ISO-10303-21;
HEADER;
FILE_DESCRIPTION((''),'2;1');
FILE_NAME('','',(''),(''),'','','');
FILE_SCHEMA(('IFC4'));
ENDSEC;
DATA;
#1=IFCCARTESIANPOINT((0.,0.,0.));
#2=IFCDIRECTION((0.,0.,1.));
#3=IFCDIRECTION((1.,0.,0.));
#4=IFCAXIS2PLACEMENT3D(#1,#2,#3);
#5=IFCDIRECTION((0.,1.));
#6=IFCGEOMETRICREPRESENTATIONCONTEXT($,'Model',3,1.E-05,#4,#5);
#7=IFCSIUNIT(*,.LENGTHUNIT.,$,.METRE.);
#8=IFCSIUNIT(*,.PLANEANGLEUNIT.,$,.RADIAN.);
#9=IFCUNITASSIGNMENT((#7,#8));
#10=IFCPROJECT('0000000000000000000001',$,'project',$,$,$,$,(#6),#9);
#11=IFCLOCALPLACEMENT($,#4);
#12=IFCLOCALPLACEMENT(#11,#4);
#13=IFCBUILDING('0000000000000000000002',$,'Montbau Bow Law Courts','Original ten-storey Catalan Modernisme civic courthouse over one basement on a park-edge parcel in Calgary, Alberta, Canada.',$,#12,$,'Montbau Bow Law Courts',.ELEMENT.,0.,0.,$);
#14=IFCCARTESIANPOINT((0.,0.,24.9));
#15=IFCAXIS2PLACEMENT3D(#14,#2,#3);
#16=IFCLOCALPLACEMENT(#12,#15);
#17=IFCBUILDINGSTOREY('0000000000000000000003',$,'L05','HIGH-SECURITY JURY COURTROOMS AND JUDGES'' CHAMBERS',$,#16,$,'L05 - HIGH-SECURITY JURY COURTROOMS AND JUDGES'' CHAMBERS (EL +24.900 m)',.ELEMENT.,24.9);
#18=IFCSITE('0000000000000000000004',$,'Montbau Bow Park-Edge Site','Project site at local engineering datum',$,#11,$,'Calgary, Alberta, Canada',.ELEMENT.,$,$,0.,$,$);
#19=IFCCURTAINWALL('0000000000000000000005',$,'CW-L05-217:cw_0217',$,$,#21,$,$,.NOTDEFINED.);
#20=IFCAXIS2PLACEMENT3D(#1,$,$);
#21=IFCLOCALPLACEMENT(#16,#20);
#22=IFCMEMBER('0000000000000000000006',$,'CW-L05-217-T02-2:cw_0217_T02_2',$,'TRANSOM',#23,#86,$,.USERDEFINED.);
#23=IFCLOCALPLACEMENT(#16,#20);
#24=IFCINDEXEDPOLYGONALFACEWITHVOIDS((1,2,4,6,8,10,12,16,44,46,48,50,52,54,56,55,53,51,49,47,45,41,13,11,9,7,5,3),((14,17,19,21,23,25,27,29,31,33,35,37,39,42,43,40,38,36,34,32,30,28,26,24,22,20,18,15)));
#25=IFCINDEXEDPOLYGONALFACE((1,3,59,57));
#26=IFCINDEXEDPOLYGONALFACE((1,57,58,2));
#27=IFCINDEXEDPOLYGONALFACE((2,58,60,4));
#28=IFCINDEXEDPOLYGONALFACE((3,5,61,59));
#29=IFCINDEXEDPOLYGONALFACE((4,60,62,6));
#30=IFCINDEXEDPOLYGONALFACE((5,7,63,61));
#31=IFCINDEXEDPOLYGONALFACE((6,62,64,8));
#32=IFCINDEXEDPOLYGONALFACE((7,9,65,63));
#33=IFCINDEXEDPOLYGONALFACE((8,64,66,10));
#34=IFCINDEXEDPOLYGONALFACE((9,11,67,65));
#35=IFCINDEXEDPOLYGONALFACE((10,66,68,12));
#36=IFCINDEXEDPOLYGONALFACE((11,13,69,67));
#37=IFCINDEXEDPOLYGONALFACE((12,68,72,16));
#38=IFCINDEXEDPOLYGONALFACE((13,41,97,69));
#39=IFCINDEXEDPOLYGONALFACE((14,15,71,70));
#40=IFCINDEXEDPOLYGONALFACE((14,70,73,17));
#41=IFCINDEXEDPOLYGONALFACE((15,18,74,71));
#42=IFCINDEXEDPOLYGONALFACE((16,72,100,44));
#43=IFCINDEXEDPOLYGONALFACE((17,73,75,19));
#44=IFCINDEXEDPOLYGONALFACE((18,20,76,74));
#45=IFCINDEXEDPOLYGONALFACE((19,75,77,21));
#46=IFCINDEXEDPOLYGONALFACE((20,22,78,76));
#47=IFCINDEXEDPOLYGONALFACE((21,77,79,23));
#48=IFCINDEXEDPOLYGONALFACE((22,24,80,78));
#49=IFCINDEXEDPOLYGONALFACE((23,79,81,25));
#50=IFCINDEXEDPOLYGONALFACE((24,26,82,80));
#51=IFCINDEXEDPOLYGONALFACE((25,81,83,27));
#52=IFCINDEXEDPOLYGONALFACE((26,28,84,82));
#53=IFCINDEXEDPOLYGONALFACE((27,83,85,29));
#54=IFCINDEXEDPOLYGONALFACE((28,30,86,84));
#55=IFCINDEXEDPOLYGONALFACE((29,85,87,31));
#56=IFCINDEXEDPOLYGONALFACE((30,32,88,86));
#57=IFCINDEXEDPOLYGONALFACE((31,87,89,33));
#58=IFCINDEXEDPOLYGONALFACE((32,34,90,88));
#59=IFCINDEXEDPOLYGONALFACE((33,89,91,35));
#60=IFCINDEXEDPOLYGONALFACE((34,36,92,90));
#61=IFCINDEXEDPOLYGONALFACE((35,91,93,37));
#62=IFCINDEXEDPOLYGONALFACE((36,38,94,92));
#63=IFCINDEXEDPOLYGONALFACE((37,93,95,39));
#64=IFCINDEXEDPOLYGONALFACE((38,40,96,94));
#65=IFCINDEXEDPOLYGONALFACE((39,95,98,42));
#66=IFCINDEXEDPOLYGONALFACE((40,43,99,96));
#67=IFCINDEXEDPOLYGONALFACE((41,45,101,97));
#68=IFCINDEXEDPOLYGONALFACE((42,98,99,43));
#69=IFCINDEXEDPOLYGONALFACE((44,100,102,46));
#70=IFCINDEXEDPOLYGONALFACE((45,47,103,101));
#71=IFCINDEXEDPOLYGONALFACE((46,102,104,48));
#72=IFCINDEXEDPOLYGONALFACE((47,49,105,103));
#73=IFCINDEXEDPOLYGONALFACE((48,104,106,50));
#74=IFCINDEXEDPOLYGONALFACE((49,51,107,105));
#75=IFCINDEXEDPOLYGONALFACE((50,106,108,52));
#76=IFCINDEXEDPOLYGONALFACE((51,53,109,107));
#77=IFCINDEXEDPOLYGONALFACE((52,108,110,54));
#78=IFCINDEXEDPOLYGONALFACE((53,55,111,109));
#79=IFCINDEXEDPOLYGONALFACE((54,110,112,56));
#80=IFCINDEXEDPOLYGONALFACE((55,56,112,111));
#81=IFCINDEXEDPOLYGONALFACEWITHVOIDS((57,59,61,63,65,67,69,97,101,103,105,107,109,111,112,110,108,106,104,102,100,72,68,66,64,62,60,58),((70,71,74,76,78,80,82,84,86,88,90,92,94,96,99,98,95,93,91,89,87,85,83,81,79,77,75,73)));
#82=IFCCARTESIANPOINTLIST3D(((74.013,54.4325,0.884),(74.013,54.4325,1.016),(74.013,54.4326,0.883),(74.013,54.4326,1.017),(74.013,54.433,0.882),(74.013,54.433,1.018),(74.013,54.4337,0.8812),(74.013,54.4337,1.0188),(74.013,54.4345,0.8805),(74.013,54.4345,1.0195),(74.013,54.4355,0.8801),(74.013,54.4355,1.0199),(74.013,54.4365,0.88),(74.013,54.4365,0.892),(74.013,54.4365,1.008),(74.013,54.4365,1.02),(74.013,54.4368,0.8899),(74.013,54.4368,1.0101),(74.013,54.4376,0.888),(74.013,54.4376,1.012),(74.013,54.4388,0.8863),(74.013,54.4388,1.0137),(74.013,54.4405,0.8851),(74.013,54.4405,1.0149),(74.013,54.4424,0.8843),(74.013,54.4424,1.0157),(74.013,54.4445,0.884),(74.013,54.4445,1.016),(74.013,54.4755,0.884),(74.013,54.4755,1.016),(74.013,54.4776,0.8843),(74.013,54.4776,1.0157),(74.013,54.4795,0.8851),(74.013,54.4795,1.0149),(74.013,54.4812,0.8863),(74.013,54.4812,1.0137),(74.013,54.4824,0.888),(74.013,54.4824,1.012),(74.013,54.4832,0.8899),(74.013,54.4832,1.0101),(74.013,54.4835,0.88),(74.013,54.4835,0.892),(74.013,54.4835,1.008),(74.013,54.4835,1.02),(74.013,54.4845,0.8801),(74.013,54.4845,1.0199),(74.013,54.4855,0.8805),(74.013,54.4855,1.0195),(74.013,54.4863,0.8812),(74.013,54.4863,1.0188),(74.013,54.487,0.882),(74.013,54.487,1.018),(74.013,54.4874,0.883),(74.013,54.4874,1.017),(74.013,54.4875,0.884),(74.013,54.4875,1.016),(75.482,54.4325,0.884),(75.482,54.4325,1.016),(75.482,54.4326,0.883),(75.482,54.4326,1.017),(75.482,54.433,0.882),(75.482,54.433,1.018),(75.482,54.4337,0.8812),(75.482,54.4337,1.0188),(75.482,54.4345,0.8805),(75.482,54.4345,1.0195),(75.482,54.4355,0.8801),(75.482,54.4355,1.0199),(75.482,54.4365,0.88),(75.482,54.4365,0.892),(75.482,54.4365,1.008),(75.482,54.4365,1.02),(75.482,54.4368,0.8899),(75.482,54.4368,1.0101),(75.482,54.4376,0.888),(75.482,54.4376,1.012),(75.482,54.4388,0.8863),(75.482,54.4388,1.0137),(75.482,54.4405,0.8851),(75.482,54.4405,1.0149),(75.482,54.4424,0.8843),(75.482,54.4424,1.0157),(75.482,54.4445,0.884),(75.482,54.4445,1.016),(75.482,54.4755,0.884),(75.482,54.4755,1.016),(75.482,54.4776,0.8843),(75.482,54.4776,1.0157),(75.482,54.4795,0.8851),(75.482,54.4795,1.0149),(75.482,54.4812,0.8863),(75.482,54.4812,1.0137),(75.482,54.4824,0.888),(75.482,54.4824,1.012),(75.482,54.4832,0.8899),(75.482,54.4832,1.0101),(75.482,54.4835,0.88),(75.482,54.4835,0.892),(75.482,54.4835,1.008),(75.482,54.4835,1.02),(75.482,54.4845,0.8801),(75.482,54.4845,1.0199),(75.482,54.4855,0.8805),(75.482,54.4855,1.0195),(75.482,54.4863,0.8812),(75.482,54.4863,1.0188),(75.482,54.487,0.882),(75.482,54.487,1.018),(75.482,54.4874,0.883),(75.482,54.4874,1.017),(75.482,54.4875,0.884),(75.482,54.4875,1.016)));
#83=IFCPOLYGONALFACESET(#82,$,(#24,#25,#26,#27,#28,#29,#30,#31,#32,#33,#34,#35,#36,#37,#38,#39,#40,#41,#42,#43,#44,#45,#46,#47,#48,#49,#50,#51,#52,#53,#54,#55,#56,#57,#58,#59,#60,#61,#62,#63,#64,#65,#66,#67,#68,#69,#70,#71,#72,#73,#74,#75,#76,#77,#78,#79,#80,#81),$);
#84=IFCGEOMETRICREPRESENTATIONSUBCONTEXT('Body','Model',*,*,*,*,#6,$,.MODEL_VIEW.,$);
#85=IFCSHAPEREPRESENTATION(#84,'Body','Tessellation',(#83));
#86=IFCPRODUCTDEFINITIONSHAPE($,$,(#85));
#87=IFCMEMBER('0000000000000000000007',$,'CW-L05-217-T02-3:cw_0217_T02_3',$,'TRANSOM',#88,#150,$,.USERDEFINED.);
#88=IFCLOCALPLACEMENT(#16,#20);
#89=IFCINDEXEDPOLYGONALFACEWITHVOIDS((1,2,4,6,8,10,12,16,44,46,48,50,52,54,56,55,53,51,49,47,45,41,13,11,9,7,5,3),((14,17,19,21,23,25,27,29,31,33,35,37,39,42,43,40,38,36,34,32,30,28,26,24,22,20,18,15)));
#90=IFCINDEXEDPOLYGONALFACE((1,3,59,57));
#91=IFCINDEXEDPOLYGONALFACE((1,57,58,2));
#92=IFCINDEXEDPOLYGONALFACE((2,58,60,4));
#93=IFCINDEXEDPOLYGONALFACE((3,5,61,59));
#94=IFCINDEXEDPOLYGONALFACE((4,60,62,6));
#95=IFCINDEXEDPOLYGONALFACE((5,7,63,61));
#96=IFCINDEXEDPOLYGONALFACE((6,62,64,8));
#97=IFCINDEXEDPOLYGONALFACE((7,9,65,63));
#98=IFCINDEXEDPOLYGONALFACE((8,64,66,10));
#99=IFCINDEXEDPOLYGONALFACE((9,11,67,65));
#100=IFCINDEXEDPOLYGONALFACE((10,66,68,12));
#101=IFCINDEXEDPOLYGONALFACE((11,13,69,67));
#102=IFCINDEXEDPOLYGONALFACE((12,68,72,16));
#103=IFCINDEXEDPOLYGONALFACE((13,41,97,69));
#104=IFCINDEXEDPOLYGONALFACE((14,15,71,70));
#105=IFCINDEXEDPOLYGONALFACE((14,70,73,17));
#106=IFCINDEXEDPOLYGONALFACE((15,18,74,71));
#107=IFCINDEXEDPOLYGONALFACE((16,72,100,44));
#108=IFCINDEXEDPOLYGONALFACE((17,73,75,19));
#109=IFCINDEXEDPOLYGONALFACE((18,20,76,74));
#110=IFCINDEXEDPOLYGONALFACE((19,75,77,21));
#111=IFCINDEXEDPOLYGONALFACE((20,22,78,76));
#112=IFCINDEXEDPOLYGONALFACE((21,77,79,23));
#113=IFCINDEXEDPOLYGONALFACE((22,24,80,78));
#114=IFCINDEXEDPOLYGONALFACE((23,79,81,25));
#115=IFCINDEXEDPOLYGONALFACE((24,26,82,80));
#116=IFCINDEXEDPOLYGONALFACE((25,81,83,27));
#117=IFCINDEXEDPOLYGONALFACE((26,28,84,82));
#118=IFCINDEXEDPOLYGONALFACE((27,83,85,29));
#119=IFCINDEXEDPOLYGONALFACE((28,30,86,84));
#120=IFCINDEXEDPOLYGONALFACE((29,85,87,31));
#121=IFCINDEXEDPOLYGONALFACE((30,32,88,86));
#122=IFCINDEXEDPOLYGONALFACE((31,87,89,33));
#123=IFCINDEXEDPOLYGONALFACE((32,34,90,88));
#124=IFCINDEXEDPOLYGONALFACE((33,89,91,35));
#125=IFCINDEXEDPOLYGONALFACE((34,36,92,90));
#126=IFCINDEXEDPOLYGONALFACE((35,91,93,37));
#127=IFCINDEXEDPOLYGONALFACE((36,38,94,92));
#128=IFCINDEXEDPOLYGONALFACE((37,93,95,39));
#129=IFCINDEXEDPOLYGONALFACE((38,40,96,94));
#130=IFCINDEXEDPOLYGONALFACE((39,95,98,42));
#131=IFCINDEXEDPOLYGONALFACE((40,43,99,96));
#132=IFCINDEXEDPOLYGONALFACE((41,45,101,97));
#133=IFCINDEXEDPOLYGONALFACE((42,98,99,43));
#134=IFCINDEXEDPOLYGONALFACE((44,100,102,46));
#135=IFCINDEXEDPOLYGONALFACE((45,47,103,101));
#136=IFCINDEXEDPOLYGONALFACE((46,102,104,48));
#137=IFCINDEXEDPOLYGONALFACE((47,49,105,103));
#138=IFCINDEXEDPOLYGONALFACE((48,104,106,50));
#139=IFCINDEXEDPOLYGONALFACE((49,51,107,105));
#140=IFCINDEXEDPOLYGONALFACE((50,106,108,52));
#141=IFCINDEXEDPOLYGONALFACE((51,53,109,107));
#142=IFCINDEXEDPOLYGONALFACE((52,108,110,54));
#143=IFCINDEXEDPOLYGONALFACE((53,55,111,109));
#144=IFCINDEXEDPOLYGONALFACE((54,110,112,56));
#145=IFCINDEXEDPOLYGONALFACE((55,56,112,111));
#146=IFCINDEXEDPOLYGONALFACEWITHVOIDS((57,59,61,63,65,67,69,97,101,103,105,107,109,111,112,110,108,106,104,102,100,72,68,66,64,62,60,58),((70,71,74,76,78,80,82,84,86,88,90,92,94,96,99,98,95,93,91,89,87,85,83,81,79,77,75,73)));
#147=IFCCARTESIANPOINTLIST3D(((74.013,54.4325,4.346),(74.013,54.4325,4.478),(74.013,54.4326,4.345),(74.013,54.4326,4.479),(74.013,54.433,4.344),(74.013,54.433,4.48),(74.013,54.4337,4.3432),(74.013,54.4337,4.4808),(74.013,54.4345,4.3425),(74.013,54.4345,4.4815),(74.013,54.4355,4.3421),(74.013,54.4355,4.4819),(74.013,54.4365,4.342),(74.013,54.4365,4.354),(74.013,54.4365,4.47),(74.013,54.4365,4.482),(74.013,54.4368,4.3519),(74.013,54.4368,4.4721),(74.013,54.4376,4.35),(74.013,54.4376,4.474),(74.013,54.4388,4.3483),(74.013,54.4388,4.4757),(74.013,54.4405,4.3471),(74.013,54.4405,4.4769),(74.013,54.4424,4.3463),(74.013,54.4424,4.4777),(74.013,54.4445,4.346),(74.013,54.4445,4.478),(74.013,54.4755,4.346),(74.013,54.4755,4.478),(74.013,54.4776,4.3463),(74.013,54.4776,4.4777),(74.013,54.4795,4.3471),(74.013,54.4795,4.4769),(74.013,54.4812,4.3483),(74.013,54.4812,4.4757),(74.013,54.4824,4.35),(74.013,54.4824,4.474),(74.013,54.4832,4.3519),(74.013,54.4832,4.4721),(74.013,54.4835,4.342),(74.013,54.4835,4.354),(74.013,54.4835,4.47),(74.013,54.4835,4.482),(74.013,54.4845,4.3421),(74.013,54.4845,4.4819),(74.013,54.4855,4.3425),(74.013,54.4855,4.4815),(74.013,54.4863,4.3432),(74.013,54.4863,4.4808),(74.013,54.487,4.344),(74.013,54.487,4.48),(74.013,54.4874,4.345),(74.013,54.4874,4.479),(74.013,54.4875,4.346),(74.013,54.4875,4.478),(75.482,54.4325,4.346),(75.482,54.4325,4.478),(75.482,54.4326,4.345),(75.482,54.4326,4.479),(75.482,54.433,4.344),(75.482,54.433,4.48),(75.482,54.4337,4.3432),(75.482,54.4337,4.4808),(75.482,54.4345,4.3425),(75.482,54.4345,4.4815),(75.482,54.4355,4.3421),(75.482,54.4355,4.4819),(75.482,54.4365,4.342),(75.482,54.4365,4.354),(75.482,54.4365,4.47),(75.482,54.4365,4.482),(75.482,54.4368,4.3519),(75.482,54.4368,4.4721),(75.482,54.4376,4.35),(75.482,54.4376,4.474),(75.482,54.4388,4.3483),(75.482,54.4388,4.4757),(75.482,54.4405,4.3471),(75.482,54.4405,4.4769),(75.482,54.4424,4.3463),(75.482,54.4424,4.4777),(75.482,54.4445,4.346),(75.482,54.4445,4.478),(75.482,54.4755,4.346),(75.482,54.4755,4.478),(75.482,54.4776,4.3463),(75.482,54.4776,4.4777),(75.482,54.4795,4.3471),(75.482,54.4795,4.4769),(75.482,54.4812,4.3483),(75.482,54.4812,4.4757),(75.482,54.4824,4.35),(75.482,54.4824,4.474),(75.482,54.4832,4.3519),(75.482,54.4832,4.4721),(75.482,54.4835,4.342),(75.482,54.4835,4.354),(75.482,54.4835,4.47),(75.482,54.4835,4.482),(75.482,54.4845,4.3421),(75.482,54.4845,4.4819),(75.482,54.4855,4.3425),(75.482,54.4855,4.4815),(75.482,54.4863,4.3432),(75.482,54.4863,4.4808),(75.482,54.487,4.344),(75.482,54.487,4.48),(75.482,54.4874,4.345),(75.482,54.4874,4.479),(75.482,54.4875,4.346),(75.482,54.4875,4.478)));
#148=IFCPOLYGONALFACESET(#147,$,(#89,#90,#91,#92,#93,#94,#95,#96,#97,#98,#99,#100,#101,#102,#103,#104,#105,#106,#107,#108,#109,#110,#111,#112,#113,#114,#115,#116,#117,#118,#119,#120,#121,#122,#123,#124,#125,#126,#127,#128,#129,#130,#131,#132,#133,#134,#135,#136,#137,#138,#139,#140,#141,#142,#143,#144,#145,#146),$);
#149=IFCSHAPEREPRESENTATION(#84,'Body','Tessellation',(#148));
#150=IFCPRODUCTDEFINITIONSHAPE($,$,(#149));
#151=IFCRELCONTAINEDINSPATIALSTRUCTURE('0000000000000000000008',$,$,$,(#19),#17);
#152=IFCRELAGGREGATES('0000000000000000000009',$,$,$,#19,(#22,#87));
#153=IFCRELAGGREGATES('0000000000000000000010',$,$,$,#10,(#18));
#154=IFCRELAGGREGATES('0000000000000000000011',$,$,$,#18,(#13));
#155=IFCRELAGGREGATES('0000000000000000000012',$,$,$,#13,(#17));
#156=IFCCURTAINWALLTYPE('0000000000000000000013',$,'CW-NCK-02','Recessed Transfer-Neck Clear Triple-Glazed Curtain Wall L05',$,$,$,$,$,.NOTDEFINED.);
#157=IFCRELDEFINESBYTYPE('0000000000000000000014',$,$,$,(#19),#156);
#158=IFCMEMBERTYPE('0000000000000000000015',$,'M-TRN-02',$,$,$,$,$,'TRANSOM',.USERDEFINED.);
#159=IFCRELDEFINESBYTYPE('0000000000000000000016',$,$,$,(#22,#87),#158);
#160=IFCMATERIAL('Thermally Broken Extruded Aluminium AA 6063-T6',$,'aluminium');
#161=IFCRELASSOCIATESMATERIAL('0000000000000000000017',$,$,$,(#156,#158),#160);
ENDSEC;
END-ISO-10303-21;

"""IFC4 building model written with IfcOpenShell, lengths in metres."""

from ifc_helpers import new_model, si_unit, direction, frame, origin_with_axes, origin_2d_with_axis, place, context, subcontext, project, spatial, hollow_rectangle, extrude, material, material_profile, profile_set, type_object, element, aggregate, save


model = new_model("IFC4")

# Units and contexts
model_context = context("Model", 3, precision=1e-05, world=origin_with_axes(), true_north=direction((0.0, 1.0)))
body_context = subcontext(model_context, "Body", "Model", "MODEL_VIEW")
ifc_project = project(units=[si_unit("LENGTHUNIT", "METRE"), si_unit("PLANEANGLEUNIT", "RADIAN")], contexts=[model_context])

# Site, building, storey
site_placement = place(None, origin_with_axes())
site = spatial("IfcSite", under=ifc_project, at=site_placement, Name="Montbau Bow Park-Edge Site", Description="Project site at local engineering datum", LongName="Calgary, Alberta, Canada", CompositionType="ELEMENT", RefElevation=0.0)
building_placement = place(site_placement, origin_with_axes())
building = spatial("IfcBuilding", under=site, at=building_placement, Name="Montbau Bow Law Courts", Description="Original ten-storey Catalan Modernisme civic courthouse over one basement on a park-edge parcel in Calgary, Alberta, Canada.", LongName="Montbau Bow Law Courts", CompositionType="ELEMENT", ElevationOfRefHeight=0.0, ElevationOfTerrain=0.0)
storey_placement = place(building_placement, frame((0.0, 0.0, 24.9), z_axis=(0.0, 0.0, 1.0), x_axis=(1.0, 0.0, 0.0)))
storey = spatial("IfcBuildingStorey", under=building, at=storey_placement, Name="L05", Description="HIGH-SECURITY JURY COURTROOMS AND JUDGES' CHAMBERS", LongName="L05 - HIGH-SECURITY JURY COURTROOMS AND JUDGES' CHAMBERS (EL +24.900 m)", CompositionType="ELEMENT", Elevation=24.9)

# Curtain wall, members
ifc_material_1 = material(Name="Thermally Broken Extruded Aluminium AA 6063-T6", Category="aluminium")
curtain_wall_type = type_object("IfcCurtainWallType", Name="CW-NCK-02", Description="Recessed Transfer-Neck Clear Triple-Glazed Curtain Wall L05", PredefinedType="NOTDEFINED", material=ifc_material_1)
curtain_wall_placement = place(None, frame((72.44, 54.46, 24.9), z_axis=(0.0, 0.0, 1.0), x_axis=(1.0, 0.0, 0.0)))
curtain_wall = element("IfcCurtainWall", 1, at=curtain_wall_placement, inside=storey, type_object=curtain_wall_type, Name="CW-L05-217:cw_0217", PredefinedType="NOTDEFINED")
ifc_material_profile_1 = material_profile(ifc_material_1, hollow_rectangle(XDim=0.055, YDim=0.14, WallThickness=0.004, InnerFilletRadius=0.008, OuterFilletRadius=0.004, at=origin_2d_with_axis()), Name="CWT-140X55", Category="Main", Priority=0)
ifc_profile_set_1 = profile_set([ifc_material_profile_1], Name="Thermally Broken Extruded Aluminium AA 6063-T6")
member_type_1 = type_object("IfcMemberType", Name="M-TRN-02", ElementType="TRANSOM", PredefinedType="USERDEFINED", material=ifc_profile_set_1)
member_1_placement = place(None, frame((74.013, 54.46, 25.85), z_axis=(1.0, 0.0, 0.0), x_axis=(0.0, 1.0, 0.0)))
member_1 = element("IfcMember", 2, at=member_1_placement, type_object=member_type_1, Name="CW-L05-217-T02-2:cw_0217_T02_2", ObjectType="TRANSOM", PredefinedType="USERDEFINED", context=body_context, shape_type="SweptSolid", body=[
    extrude(hollow_rectangle(XDim=0.055, YDim=0.14, WallThickness=0.004, InnerFilletRadius=0.008, OuterFilletRadius=0.004, at=origin_2d_with_axis()), origin_with_axes(), (0.0, 0.0, 1.0), 1.469),
])
member_2_placement = place(None, frame((74.013, 54.46, 29.312), z_axis=(1.0, 0.0, 0.0), x_axis=(0.0, 1.0, 0.0)))
member_2 = element("IfcMember", 3, at=member_2_placement, type_object=member_type_1, Name="CW-L05-217-T02-3:cw_0217_T02_3", ObjectType="TRANSOM", PredefinedType="USERDEFINED", context=body_context, shape_type="SweptSolid", body=[
    extrude(hollow_rectangle(XDim=0.055, YDim=0.14, WallThickness=0.004, InnerFilletRadius=0.008, OuterFilletRadius=0.004, at=origin_2d_with_axis()), origin_with_axes(), (0.0, 0.0, 1.0), 1.469),
])
aggregate(curtain_wall, [member_1, member_2])

save(model, "model.ifc")
